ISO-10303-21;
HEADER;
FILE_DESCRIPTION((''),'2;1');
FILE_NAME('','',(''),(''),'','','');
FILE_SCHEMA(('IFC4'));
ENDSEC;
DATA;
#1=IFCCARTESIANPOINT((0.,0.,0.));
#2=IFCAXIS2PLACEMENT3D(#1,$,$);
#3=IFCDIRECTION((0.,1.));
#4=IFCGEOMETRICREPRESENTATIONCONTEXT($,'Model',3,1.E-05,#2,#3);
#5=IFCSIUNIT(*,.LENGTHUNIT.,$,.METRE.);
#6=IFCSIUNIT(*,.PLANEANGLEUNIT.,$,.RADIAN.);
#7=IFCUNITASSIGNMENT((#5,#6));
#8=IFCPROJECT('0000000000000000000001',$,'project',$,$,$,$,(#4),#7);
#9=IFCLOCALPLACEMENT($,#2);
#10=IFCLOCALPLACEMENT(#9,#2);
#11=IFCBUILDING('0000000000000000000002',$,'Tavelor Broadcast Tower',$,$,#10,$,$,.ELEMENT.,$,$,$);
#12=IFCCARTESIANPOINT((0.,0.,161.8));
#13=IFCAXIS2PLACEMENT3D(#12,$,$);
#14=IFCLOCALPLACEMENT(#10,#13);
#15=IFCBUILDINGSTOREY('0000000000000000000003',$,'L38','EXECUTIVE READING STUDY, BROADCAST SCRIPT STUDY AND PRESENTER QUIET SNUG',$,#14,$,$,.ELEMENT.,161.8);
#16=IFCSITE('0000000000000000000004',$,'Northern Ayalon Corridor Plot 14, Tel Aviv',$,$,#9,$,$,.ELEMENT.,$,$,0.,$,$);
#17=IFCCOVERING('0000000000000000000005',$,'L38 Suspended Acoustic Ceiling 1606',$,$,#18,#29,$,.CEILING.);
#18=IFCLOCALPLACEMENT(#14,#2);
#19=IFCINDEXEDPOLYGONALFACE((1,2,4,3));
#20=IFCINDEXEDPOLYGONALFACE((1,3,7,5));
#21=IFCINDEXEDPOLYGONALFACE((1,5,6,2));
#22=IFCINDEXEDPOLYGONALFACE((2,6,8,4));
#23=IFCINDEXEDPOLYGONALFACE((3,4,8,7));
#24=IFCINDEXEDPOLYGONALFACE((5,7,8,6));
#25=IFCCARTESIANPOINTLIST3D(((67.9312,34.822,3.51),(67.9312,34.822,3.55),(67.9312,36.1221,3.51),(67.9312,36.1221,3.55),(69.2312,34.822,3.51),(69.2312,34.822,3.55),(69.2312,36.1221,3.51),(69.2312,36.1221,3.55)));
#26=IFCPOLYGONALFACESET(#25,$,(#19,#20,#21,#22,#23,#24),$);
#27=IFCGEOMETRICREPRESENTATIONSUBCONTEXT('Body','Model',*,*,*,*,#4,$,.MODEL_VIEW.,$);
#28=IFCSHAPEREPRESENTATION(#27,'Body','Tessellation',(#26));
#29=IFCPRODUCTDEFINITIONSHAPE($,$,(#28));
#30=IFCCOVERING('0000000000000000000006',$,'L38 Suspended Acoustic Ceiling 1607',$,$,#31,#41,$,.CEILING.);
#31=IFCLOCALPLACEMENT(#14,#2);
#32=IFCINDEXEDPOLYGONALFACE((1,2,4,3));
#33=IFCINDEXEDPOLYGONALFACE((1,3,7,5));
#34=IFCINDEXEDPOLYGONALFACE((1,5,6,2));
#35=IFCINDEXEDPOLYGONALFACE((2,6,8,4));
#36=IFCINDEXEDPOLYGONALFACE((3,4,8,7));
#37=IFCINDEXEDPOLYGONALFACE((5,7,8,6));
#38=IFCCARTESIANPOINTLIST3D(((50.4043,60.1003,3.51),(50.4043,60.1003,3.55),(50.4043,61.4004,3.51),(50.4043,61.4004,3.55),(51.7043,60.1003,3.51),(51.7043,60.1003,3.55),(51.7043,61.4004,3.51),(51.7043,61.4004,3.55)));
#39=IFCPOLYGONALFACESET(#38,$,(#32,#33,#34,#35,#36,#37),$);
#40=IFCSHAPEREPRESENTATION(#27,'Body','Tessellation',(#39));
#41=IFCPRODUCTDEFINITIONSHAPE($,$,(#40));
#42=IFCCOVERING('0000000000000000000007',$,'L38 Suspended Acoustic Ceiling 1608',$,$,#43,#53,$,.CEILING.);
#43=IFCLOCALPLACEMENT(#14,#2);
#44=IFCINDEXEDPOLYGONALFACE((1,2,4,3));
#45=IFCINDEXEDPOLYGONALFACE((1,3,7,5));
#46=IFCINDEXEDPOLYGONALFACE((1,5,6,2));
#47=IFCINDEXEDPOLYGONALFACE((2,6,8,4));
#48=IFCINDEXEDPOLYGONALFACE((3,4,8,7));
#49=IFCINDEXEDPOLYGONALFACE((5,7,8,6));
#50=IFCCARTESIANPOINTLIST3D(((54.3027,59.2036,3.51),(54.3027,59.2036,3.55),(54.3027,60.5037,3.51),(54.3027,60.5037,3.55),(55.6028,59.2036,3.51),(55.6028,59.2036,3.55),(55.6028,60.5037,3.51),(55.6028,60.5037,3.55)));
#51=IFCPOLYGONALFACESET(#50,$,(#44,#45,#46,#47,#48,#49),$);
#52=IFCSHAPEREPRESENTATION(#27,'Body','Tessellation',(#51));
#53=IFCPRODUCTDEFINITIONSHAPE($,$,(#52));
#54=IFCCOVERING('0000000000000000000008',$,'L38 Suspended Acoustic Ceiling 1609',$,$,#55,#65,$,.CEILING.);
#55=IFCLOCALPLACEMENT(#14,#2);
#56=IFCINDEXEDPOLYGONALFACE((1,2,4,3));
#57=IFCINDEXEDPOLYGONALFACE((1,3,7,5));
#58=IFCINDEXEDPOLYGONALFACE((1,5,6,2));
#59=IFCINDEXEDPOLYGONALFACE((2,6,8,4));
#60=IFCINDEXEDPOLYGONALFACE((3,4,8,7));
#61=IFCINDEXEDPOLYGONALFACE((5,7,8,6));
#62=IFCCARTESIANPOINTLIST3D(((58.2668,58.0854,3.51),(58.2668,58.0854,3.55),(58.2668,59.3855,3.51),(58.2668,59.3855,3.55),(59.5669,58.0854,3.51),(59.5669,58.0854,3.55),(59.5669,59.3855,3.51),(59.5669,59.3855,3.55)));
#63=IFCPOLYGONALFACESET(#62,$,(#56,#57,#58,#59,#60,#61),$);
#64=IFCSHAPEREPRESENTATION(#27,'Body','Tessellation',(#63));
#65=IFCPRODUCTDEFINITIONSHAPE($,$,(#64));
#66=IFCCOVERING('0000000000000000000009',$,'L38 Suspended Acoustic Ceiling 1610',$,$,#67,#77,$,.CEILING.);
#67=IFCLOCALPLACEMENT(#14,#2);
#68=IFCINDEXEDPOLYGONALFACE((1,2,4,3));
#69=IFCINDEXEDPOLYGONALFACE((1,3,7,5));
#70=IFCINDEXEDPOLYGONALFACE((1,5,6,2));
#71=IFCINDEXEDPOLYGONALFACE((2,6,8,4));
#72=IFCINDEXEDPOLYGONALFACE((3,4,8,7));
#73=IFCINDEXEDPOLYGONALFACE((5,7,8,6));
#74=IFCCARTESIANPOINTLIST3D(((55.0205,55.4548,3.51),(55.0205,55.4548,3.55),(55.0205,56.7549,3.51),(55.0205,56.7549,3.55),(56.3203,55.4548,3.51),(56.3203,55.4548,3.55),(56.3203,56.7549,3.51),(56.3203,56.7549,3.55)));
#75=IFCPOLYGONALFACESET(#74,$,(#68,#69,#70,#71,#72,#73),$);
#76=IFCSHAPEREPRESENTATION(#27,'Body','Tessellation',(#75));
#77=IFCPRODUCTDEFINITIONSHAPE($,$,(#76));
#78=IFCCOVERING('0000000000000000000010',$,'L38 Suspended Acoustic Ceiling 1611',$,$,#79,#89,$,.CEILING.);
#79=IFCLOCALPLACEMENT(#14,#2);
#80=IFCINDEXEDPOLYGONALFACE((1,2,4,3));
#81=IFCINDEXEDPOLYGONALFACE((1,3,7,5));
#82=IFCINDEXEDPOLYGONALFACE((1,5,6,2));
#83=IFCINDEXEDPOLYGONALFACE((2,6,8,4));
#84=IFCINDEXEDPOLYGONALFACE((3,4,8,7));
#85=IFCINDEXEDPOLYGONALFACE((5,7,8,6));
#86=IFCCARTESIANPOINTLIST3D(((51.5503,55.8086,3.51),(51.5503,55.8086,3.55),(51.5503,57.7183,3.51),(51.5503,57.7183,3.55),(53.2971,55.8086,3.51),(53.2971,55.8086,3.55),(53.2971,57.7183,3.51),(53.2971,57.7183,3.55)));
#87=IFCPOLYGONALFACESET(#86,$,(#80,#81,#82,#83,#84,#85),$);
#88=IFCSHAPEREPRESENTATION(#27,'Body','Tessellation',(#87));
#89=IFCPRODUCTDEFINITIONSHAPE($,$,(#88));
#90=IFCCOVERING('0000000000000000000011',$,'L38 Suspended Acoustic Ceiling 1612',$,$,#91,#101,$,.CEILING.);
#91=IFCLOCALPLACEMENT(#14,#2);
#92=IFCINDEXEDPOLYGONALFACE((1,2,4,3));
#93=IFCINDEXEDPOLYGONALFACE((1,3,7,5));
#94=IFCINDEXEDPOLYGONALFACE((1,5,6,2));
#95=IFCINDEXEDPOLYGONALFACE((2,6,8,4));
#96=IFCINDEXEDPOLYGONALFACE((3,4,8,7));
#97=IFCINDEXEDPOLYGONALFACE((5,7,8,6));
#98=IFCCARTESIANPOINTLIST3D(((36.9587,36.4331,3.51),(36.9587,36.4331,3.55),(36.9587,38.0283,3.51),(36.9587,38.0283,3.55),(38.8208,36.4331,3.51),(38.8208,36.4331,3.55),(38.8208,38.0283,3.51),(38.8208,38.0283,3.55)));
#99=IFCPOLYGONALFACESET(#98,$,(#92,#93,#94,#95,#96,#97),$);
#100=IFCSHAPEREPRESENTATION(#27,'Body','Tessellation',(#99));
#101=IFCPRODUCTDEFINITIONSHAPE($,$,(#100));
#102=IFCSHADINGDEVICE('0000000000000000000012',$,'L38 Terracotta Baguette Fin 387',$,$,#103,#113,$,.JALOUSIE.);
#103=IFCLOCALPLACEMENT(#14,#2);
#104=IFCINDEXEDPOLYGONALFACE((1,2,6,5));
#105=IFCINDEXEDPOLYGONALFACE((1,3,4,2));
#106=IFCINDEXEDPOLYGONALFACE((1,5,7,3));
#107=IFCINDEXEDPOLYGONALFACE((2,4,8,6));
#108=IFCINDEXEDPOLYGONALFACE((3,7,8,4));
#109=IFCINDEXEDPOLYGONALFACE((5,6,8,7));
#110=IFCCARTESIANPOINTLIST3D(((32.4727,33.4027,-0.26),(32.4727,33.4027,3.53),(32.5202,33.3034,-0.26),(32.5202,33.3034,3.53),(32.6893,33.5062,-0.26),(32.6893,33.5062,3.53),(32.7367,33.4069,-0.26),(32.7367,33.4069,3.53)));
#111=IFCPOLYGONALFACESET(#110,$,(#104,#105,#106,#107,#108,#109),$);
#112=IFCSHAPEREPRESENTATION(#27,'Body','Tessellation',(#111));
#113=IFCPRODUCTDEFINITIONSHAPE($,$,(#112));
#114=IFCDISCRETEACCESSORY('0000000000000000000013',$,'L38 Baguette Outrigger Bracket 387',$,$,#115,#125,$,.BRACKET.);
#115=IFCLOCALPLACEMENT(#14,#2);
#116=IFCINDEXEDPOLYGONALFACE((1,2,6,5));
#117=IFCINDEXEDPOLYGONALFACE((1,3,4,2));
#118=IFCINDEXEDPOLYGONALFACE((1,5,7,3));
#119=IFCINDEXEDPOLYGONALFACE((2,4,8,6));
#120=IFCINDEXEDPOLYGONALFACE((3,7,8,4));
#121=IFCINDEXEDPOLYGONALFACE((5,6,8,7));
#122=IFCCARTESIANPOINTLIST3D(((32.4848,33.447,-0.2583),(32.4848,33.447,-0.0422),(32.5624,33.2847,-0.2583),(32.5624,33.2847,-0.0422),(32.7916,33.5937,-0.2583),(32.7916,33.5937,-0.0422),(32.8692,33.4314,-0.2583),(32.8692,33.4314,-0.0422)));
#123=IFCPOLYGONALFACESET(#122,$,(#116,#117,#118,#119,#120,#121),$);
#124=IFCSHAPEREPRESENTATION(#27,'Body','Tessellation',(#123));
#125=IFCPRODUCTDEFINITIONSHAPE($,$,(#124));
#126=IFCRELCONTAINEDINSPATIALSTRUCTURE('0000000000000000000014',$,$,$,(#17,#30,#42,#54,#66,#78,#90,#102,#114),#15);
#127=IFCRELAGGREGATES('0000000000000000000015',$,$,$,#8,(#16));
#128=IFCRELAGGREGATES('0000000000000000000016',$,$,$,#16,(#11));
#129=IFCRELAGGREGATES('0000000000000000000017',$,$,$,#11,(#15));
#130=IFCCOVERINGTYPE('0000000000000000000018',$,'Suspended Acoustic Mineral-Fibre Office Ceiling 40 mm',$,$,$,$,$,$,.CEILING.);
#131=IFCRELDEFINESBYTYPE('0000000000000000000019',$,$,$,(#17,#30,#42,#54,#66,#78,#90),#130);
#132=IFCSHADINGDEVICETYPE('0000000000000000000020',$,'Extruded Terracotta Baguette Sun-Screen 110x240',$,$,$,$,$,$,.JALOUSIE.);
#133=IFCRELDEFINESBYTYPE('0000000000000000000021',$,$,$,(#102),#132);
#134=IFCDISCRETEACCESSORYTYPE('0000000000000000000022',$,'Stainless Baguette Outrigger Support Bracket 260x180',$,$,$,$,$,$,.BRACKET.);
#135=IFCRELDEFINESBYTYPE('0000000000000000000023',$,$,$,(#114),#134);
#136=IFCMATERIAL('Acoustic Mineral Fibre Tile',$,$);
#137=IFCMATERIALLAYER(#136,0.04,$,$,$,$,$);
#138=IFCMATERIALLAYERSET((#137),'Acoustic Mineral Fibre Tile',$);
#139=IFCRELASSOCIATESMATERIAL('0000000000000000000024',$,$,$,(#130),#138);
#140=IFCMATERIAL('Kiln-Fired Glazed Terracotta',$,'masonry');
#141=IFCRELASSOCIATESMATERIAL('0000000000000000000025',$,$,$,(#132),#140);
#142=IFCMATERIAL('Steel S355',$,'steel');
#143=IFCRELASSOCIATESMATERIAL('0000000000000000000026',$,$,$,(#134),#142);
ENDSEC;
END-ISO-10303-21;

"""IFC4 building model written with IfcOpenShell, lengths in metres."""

from ifc_helpers import new_model, si_unit, direction, frame, origin, origin_2d, place, context, subcontext, project, spatial, polyline, rectangle, outline, extrude, source, transform, mapped, material, layer, layer_set, type_object, type_shapes, element, save


model = new_model("IFC4")

# Units and contexts
model_context = context("Model", 3, precision=1e-05, world=origin(), true_north=direction((0.0, 1.0)))
body_context = subcontext(model_context, "Body", "Model", "MODEL_VIEW")
ifc_project = project(units=[si_unit("LENGTHUNIT", "METRE"), si_unit("PLANEANGLEUNIT", "RADIAN")], contexts=[model_context])

# Site, building, storey
site_placement = place(None, origin())
site = spatial("IfcSite", under=ifc_project, at=site_placement, Name="Northern Ayalon Corridor Plot 14, Tel Aviv", CompositionType="ELEMENT", RefElevation=0.0)
building_placement = place(site_placement, origin())
building = spatial("IfcBuilding", under=site, at=building_placement, Name="Tavelor Broadcast Tower", CompositionType="ELEMENT")
storey_placement = place(building_placement, frame((0.0, 0.0, 161.8)))
storey = spatial("IfcBuildingStorey", under=building, at=storey_placement, Name="L38", Description="EXECUTIVE READING STUDY, BROADCAST SCRIPT STUDY AND PRESENTER QUIET SNUG", CompositionType="ELEMENT", Elevation=161.8)

# Coverings
ifc_material_1 = material(Name="Acoustic Mineral Fibre Tile")
ifc_layer_1 = layer(ifc_material_1, 0.04)
ifc_layer_set_1 = layer_set([ifc_layer_1], Name="Acoustic Mineral Fibre Tile")
covering_type_1 = type_object("IfcCoveringType", Name="Suspended Acoustic Mineral-Fibre Office Ceiling 40 mm", PredefinedType="CEILING", material=ifc_layer_set_1)
covering_1_placement = place(storey_placement, frame((0.0, 0.0, 3.51)))
element("IfcCovering", 1, at=covering_1_placement, inside=storey, type_object=covering_type_1, Name="L38 Suspended Acoustic Ceiling 1606", PredefinedType="CEILING", context=body_context, shape_type="SweptSolid", body=[
    extrude(outline(polyline([(67.9312, 34.822), (69.2312, 34.822), (69.2312, 36.1221), (67.9312, 36.1221), (67.9312, 34.822)])), origin(), (0.0, 0.0, 1.0), 0.04),
])
covering_2_placement = place(storey_placement, frame((0.0, 0.0, 3.51)))
element("IfcCovering", 2, at=covering_2_placement, inside=storey, type_object=covering_type_1, Name="L38 Suspended Acoustic Ceiling 1607", PredefinedType="CEILING", context=body_context, shape_type="SweptSolid", body=[
    extrude(outline(polyline([(50.4043, 60.1003), (51.7043, 60.1003), (51.7043, 61.4004), (50.4043, 61.4004), (50.4043, 60.1003)])), origin(), (0.0, 0.0, 1.0), 0.04),
])
covering_3_placement = place(storey_placement, frame((0.0, 0.0, 3.51)))
element("IfcCovering", 3, at=covering_3_placement, inside=storey, type_object=covering_type_1, Name="L38 Suspended Acoustic Ceiling 1608", PredefinedType="CEILING", context=body_context, shape_type="SweptSolid", body=[
    extrude(outline(polyline([(54.3027, 59.2036), (55.6028, 59.2036), (55.6028, 60.5037), (54.3027, 60.5037), (54.3027, 59.2036)])), origin(), (0.0, 0.0, 1.0), 0.04),
])
covering_4_placement = place(storey_placement, frame((0.0, 0.0, 3.51)))
element("IfcCovering", 4, at=covering_4_placement, inside=storey, type_object=covering_type_1, Name="L38 Suspended Acoustic Ceiling 1609", PredefinedType="CEILING", context=body_context, shape_type="SweptSolid", body=[
    extrude(outline(polyline([(58.2668, 58.0854), (59.5669, 58.0854), (59.5669, 59.3855), (58.2668, 59.3855), (58.2668, 58.0854)])), origin(), (0.0, 0.0, 1.0), 0.04),
])
covering_5_placement = place(storey_placement, frame((0.0, 0.0, 3.51)))
element("IfcCovering", 5, at=covering_5_placement, inside=storey, type_object=covering_type_1, Name="L38 Suspended Acoustic Ceiling 1610", PredefinedType="CEILING", context=body_context, shape_type="SweptSolid", body=[
    extrude(outline(polyline([(55.0205, 55.4548), (56.3203, 55.4548), (56.3203, 56.7549), (55.0205, 56.7549), (55.0205, 55.4548)])), origin(), (0.0, 0.0, 1.0), 0.04),
])
covering_6_placement = place(storey_placement, frame((0.0, 0.0, 3.51)))
element("IfcCovering", 6, at=covering_6_placement, inside=storey, type_object=covering_type_1, Name="L38 Suspended Acoustic Ceiling 1611", PredefinedType="CEILING", context=body_context, shape_type="SweptSolid", body=[
    extrude(outline(polyline([(51.5503, 55.8086), (53.2971, 55.8086), (53.2971, 57.7183), (51.5503, 57.7183), (51.5503, 55.8086)])), origin(), (0.0, 0.0, 1.0), 0.04),
])
covering_7_placement = place(storey_placement, frame((0.0, 0.0, 3.51)))
element("IfcCovering", 7, at=covering_7_placement, inside=storey, type_object=covering_type_1, Name="L38 Suspended Acoustic Ceiling 1612", PredefinedType="CEILING", context=body_context, shape_type="SweptSolid", body=[
    extrude(outline(polyline([(36.9587, 36.4331), (38.8208, 36.4331), (38.8208, 38.0283), (36.9587, 38.0283), (36.9587, 36.4331)])), origin(), (0.0, 0.0, 1.0), 0.04),
])

# Shading device
ifc_material_2 = material(Name="Kiln-Fired Glazed Terracotta", Category="masonry")
shading_device_type = type_object("IfcShadingDeviceType", Name="Extruded Terracotta Baguette Sun-Screen 110x240", PredefinedType="JALOUSIE", material=ifc_material_2)
shared_shape_1 = source(origin(), body_context, "Body", "SweptSolid", [
    extrude(rectangle(XDim=0.1101, YDim=0.24, at=origin_2d()), origin(), (0.0, 0.0, 1.0), 3.79),
])
type_shapes(shading_device_type, [shared_shape_1])
shading_device_placement = place(storey_placement, frame((32.6047, 33.4048, -0.26), z_axis=(0.0, 0.0, 1.0), x_axis=(0.431299, -0.902209, 0.0)))
element("IfcShadingDevice", 8, at=shading_device_placement, inside=storey, type_object=shading_device_type, Name="L38 Terracotta Baguette Fin 387", PredefinedType="JALOUSIE", context=body_context, shape_type="MappedRepresentation", body=[
    mapped(shared_shape_1, transform((0.0, 0.0, 0.0), scale=1.0)),
])

# Discrete accessory
ifc_material_3 = material(Name="Steel S355", Category="steel")
discrete_accessory_type = type_object("IfcDiscreteAccessoryType", Name="Stainless Baguette Outrigger Support Bracket 260x180", PredefinedType="BRACKET", material=ifc_material_3)
shared_shape_2 = source(origin(), body_context, "Body", "SweptSolid", [
    extrude(rectangle(XDim=0.1799, YDim=0.3401, at=origin_2d()), origin(), (0.0, 0.0, 1.0), 0.2161),
])
type_shapes(discrete_accessory_type, [shared_shape_2])
discrete_accessory_placement = place(storey_placement, frame((32.677, 33.4392, -0.2583), z_axis=(0.0, 0.0, 1.0), x_axis=(0.431299, -0.902209, 0.0)))
element("IfcDiscreteAccessory", 9, at=discrete_accessory_placement, inside=storey, type_object=discrete_accessory_type, Name="L38 Baguette Outrigger Bracket 387", PredefinedType="BRACKET", context=body_context, shape_type="MappedRepresentation", body=[
    mapped(shared_shape_2, transform((0.0, 0.0, 0.0), scale=1.0)),
])

save(model, "model.ifc")
